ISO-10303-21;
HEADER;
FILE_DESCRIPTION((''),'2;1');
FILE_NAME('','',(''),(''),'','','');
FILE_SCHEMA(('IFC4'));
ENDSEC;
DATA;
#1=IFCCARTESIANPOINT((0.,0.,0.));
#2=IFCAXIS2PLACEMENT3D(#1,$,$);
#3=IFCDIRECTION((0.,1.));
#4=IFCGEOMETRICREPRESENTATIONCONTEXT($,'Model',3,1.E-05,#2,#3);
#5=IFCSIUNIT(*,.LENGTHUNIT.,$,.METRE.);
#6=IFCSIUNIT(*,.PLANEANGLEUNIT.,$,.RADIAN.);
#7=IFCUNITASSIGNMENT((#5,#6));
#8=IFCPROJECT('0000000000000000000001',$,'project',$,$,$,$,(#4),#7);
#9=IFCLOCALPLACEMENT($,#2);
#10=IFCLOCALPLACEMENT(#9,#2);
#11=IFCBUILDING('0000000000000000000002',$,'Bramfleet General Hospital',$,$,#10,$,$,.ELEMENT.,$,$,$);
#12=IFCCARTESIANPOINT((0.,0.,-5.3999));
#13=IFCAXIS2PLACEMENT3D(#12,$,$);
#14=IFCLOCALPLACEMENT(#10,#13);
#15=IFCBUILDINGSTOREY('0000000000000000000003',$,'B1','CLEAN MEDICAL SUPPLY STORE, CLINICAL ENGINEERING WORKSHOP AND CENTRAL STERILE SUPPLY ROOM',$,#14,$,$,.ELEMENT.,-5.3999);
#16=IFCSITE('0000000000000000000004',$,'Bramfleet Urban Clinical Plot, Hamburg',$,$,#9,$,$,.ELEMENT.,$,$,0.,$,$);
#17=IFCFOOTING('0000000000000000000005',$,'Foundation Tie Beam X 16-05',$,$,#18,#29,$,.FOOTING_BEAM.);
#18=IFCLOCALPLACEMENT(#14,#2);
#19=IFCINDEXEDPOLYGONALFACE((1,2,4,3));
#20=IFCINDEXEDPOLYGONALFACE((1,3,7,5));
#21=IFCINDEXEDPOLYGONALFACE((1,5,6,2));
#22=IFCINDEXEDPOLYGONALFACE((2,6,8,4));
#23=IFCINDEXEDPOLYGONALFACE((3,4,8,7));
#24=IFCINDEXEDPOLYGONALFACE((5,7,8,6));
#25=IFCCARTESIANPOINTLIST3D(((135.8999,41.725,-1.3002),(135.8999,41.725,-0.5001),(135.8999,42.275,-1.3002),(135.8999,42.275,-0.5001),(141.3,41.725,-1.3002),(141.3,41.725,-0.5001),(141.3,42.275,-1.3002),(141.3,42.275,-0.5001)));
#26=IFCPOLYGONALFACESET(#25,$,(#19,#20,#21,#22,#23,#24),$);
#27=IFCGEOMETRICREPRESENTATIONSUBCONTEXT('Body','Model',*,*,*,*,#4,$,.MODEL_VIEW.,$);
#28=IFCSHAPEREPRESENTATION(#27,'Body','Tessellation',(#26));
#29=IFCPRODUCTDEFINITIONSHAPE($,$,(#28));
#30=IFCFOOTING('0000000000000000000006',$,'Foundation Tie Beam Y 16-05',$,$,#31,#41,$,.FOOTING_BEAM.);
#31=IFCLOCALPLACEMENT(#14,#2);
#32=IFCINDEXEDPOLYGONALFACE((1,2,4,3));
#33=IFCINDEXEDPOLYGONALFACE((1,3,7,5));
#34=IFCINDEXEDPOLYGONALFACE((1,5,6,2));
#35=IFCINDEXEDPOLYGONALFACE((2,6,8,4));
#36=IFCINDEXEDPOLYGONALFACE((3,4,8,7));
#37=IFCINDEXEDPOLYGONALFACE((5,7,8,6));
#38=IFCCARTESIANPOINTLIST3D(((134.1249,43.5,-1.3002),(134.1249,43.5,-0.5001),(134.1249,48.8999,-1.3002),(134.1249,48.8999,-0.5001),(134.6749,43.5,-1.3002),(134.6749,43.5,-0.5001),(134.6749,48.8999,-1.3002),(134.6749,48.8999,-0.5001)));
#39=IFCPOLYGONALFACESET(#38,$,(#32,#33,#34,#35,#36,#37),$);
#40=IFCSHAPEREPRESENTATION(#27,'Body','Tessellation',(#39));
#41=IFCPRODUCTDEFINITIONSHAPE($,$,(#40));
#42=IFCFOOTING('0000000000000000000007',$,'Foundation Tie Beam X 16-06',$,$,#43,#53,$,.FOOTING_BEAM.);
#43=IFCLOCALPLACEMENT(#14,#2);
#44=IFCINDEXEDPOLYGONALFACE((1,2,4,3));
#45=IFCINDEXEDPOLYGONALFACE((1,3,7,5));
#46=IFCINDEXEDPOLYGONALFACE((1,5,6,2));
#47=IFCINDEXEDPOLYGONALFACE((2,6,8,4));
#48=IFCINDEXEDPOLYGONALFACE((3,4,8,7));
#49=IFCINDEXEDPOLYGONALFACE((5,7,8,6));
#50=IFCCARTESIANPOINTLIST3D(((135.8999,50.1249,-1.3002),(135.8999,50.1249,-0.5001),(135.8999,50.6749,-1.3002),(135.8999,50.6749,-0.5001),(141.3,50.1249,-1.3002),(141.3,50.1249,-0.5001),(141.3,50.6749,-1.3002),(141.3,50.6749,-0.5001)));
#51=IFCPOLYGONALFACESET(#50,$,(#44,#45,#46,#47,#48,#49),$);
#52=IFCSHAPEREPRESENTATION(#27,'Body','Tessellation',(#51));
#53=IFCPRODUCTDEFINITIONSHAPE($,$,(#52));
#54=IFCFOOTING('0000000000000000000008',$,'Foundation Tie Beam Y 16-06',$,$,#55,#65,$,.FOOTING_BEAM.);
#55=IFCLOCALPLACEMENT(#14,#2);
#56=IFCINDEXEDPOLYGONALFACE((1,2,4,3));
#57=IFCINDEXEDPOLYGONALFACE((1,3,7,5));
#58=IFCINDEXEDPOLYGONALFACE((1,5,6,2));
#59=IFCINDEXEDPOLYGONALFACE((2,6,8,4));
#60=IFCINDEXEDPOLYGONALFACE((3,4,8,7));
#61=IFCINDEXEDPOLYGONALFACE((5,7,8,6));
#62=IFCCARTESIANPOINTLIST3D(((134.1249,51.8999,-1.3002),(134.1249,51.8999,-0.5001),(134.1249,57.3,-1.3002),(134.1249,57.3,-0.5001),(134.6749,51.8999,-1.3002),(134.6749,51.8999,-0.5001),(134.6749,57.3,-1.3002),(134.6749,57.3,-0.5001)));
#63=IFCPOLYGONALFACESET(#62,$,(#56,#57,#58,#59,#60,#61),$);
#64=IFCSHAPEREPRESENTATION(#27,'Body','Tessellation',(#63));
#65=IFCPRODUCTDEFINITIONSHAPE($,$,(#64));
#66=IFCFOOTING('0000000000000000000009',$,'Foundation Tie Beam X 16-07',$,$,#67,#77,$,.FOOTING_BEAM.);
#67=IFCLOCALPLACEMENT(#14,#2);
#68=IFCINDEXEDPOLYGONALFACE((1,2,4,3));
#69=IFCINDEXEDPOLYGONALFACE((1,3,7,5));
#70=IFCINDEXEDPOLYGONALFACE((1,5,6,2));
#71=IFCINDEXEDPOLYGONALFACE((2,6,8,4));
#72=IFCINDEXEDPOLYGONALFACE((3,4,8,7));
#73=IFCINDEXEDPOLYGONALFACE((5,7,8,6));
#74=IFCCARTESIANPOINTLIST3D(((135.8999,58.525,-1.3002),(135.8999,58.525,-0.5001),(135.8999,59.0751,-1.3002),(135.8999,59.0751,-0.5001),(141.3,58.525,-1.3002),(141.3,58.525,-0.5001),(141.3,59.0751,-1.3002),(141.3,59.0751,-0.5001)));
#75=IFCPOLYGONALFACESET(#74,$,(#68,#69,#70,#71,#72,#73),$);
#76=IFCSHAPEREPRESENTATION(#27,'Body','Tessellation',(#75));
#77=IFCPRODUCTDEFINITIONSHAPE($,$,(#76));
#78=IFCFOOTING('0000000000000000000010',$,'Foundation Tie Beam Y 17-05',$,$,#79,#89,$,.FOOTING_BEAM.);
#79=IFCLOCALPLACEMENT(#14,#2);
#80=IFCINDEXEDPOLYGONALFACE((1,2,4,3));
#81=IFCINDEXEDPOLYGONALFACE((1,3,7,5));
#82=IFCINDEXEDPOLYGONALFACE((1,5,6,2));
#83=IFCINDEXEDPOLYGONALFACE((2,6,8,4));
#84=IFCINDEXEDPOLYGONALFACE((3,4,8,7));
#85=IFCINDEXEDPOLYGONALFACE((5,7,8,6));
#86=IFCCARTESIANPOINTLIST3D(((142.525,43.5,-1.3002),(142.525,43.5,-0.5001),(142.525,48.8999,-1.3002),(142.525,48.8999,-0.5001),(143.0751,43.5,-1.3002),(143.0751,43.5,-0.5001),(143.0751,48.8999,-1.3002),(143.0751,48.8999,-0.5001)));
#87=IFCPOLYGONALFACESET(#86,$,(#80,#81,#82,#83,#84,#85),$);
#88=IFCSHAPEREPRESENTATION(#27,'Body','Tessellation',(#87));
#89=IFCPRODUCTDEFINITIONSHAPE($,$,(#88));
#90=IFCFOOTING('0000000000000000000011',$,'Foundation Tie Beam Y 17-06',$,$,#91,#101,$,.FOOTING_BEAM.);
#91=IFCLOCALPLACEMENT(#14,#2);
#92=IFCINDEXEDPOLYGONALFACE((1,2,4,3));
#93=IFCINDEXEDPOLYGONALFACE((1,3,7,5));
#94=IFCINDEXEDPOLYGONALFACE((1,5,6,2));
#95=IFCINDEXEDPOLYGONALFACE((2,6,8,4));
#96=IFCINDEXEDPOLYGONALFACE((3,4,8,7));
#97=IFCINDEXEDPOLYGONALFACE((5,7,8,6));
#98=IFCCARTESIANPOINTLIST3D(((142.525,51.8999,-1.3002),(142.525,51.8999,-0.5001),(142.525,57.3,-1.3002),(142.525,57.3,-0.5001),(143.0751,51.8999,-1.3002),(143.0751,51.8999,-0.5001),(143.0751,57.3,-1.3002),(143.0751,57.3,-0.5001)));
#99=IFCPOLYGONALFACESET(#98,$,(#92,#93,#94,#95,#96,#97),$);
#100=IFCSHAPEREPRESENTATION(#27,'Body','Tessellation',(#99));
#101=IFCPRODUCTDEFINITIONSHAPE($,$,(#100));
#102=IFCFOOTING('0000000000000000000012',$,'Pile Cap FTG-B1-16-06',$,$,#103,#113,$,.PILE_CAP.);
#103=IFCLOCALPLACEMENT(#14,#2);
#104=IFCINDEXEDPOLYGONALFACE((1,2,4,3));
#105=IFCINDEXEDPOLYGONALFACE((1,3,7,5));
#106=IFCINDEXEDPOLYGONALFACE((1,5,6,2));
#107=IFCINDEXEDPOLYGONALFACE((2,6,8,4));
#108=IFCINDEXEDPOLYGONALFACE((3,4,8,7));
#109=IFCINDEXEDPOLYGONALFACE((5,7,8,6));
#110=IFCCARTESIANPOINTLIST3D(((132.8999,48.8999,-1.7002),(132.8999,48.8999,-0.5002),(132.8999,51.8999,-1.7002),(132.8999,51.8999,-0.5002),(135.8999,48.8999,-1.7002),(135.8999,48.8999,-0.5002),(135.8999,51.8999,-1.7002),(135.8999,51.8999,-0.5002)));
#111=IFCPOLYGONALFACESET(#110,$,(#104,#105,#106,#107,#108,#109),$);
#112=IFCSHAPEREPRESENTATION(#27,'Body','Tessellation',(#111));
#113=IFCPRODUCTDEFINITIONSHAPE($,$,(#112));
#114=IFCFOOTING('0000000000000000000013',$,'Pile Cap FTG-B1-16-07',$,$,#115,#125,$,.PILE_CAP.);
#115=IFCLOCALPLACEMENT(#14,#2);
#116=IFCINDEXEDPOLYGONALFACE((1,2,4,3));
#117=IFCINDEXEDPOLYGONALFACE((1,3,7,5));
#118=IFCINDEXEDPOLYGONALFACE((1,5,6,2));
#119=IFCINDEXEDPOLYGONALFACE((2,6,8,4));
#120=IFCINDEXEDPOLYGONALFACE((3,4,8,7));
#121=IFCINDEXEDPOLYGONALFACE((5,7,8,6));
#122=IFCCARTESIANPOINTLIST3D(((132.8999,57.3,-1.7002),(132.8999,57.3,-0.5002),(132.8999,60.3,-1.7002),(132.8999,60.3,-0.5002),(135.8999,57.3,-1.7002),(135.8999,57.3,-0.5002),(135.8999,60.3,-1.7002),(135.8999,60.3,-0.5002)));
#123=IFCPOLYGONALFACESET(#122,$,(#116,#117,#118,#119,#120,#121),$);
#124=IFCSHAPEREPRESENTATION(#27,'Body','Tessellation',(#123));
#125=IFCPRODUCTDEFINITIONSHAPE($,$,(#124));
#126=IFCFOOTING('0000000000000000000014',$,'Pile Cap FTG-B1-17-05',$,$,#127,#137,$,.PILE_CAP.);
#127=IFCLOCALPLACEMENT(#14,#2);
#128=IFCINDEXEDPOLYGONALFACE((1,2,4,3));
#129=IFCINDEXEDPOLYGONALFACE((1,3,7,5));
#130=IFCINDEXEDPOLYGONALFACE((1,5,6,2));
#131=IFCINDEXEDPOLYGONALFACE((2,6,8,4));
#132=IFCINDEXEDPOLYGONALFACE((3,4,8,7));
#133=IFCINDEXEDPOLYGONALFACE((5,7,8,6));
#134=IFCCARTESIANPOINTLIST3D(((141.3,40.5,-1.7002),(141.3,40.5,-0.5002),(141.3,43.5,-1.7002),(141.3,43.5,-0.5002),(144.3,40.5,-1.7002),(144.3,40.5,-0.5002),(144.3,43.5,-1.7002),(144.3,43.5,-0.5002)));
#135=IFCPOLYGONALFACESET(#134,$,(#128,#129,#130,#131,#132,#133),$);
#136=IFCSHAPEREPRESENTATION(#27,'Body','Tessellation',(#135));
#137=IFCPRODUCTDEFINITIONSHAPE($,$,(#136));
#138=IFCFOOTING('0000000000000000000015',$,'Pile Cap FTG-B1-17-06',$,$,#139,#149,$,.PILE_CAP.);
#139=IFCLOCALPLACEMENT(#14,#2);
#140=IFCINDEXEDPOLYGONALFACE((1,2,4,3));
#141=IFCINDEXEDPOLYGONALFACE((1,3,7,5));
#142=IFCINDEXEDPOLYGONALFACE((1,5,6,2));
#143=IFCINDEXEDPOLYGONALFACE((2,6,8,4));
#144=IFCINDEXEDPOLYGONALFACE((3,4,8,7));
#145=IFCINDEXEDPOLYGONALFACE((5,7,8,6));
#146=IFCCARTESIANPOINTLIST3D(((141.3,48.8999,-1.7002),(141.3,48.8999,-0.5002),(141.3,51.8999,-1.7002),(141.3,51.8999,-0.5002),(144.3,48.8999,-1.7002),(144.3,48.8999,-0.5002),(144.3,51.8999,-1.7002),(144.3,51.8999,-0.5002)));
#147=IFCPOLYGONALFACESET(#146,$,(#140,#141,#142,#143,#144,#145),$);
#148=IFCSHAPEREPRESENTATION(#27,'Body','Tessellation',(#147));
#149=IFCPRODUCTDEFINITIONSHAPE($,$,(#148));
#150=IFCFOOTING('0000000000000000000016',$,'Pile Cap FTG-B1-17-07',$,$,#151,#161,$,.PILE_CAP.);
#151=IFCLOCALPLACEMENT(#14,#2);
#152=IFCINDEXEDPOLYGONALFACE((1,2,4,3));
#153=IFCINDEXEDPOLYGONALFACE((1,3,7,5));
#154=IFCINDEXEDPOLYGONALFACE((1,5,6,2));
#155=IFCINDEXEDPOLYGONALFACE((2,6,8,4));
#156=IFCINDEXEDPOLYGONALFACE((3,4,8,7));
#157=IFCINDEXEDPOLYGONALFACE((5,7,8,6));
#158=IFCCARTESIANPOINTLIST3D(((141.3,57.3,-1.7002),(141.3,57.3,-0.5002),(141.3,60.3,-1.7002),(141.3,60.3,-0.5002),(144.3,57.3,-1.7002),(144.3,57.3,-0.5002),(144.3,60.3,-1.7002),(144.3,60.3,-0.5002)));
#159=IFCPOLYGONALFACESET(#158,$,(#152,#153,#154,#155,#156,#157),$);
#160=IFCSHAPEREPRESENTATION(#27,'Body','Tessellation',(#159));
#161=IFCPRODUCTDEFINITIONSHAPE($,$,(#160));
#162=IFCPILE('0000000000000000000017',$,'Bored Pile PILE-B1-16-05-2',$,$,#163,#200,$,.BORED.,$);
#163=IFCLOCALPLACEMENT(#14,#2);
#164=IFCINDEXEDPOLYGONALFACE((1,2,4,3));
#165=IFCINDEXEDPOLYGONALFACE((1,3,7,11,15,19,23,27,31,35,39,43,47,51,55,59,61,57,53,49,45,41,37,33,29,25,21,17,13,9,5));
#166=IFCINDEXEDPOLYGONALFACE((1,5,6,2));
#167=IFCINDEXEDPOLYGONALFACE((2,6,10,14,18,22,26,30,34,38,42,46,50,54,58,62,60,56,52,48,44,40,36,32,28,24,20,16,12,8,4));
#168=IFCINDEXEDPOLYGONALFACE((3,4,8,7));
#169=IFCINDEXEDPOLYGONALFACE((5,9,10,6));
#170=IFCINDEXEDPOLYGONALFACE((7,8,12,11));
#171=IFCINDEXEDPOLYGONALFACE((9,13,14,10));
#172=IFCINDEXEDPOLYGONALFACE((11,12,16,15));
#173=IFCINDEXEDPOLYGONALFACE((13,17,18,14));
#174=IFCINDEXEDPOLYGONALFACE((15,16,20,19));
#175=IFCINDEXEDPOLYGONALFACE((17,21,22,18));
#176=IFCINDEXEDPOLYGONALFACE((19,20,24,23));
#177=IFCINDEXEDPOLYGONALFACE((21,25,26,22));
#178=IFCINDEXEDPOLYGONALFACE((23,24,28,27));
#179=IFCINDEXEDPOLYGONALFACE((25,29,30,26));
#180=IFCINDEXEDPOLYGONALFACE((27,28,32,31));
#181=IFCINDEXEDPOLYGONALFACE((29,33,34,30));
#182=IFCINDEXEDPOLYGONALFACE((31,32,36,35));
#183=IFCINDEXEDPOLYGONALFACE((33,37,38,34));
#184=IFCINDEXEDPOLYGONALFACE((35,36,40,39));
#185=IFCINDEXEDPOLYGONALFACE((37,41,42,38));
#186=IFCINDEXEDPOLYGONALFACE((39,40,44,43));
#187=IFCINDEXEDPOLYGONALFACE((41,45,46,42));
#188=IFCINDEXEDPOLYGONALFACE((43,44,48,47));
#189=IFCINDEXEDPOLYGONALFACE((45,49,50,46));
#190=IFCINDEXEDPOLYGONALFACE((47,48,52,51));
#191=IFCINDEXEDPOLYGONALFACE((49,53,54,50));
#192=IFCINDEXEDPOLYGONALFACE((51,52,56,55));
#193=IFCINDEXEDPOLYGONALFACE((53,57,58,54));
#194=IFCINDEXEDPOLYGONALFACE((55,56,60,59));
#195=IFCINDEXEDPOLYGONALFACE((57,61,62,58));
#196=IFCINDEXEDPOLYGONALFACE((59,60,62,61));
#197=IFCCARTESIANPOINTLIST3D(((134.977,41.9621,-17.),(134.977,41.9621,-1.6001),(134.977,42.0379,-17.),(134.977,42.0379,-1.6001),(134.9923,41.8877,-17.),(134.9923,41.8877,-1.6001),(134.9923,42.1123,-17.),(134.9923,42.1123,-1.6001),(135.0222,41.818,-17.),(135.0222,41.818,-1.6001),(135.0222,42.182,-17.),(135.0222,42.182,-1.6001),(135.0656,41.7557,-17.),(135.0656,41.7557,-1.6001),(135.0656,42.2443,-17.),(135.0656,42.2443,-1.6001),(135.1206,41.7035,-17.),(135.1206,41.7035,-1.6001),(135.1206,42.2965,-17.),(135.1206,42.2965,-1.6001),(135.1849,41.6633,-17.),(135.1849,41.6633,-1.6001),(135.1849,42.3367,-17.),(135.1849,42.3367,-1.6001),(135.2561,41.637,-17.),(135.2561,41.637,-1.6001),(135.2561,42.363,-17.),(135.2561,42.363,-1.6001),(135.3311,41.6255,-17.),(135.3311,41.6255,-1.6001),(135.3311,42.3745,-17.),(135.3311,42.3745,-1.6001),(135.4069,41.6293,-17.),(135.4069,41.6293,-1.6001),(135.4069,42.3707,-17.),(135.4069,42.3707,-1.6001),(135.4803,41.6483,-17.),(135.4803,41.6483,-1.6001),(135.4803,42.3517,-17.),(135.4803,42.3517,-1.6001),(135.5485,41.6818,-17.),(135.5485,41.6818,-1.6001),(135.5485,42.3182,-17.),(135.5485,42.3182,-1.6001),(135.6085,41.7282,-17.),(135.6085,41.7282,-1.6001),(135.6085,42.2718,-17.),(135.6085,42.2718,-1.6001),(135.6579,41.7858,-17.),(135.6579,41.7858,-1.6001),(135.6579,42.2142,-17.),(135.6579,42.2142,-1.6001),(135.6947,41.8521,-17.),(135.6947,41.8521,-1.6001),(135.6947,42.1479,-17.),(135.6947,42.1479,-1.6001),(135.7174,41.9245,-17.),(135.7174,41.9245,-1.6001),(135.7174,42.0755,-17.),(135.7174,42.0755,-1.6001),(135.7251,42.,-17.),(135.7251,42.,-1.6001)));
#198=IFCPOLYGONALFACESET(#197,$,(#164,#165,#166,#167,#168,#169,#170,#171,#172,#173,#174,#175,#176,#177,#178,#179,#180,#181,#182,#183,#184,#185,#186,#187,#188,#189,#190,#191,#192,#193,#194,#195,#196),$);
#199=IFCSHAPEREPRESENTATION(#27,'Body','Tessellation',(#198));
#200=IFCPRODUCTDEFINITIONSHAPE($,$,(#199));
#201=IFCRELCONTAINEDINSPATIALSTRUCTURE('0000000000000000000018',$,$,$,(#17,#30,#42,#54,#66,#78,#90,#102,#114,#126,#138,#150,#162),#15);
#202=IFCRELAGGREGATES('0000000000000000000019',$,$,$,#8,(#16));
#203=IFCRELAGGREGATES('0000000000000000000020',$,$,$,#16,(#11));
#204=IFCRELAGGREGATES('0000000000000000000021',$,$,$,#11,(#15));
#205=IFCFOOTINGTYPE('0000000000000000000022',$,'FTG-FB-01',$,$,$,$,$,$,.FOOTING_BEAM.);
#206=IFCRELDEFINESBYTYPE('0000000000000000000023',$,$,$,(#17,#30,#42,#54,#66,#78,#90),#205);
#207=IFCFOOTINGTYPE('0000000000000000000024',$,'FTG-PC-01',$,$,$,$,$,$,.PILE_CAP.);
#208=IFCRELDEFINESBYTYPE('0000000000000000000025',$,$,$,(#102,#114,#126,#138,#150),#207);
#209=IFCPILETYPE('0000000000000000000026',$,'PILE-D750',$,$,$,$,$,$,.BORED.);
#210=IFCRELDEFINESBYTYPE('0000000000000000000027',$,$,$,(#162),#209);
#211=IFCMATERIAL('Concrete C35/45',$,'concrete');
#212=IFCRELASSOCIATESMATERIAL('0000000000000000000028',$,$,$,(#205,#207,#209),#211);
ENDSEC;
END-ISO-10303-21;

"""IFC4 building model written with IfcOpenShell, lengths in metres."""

from ifc_helpers import new_model, si_unit, direction, frame, origin, origin_2d, place, context, subcontext, project, spatial, rectangle, circle, extrude, material, material_profile, profile_set, type_object, element, save


model = new_model("IFC4")

# Units and contexts
model_context = context("Model", 3, precision=1e-05, world=origin(), true_north=direction((0.0, 1.0)))
body_context = subcontext(model_context, "Body", "Model", "MODEL_VIEW")
ifc_project = project(units=[si_unit("LENGTHUNIT", "METRE"), si_unit("PLANEANGLEUNIT", "RADIAN")], contexts=[model_context])

# Site, building, storey
site_placement = place(None, origin())
site = spatial("IfcSite", under=ifc_project, at=site_placement, Name="Bramfleet Urban Clinical Plot, Hamburg", CompositionType="ELEMENT", RefElevation=0.0)
building_placement = place(site_placement, origin())
building = spatial("IfcBuilding", under=site, at=building_placement, Name="Bramfleet General Hospital", CompositionType="ELEMENT")
storey_placement = place(building_placement, frame((0.0, 0.0, -5.3999)))
storey = spatial("IfcBuildingStorey", under=building, at=storey_placement, Name="B1", Description="CLEAN MEDICAL SUPPLY STORE, CLINICAL ENGINEERING WORKSHOP AND CENTRAL STERILE SUPPLY ROOM", CompositionType="ELEMENT", Elevation=-5.3999)

# Footings
ifc_material_1 = material(Name="Concrete C35/45", Category="concrete")
ifc_material_profile_1 = material_profile(ifc_material_1, rectangle(XDim=0.55, YDim=0.8, at=origin_2d()), Name="RC FB 800x550")
ifc_profile_set_1 = profile_set([ifc_material_profile_1], Name="Concrete C35/45")
footing_type_1 = type_object("IfcFootingType", Name="FTG-FB-01", PredefinedType="FOOTING_BEAM", material=ifc_profile_set_1)
footing_1_placement = place(storey_placement, frame((135.8999, 42.0, -0.9001), z_axis=(1.0, 0.0, 0.0), x_axis=(0.0, 1.0, 0.0)))
element("IfcFooting", 1, at=footing_1_placement, inside=storey, type_object=footing_type_1, Name="Foundation Tie Beam X 16-05", PredefinedType="FOOTING_BEAM", context=body_context, shape_type="SweptSolid", body=[
    extrude(rectangle(XDim=0.55, YDim=0.8, at=origin_2d()), origin(), (0.0, 0.0, 1.0), 5.4001),
])
footing_2_placement = place(storey_placement, frame((134.3999, 43.5, -0.9001), z_axis=(0.0, 1.0, 0.0), x_axis=(-1.0, 0.0, 0.0)))
element("IfcFooting", 2, at=footing_2_placement, inside=storey, type_object=footing_type_1, Name="Foundation Tie Beam Y 16-05", PredefinedType="FOOTING_BEAM", context=body_context, shape_type="SweptSolid", body=[
    extrude(rectangle(XDim=0.55, YDim=0.8, at=origin_2d()), origin(), (0.0, 0.0, 1.0), 5.3999),
])
for number, where, z_axis, x_axis, name in (
    (3, (135.8999, 50.3999, -0.9001), (1.0, 0.0, 0.0), (0.0, 1.0, 0.0), "Foundation Tie Beam X 16-06"),
    (4, (134.3999, 51.8999, -0.9001), (0.0, 1.0, 0.0), (-1.0, 0.0, 0.0), "Foundation Tie Beam Y 16-06"),
    (5, (135.8999, 58.8, -0.9001), (1.0, 0.0, 0.0), (0.0, 1.0, 0.0), "Foundation Tie Beam X 16-07"),
):
    element("IfcFooting", number, at=place(storey_placement, frame(where, z_axis=z_axis, x_axis=x_axis)), inside=storey, type_object=footing_type_1, Name=name, PredefinedType="FOOTING_BEAM", context=body_context, shape_type="SweptSolid", body=[
        extrude(rectangle(XDim=0.55, YDim=0.8, at=origin_2d()), origin(), (0.0, 0.0, 1.0), 5.4001),
    ])
footing_3_placement = place(storey_placement, frame((142.8, 43.5, -0.9001), z_axis=(0.0, 1.0, 0.0), x_axis=(-1.0, 0.0, 0.0)))
element("IfcFooting", 6, at=footing_3_placement, inside=storey, type_object=footing_type_1, Name="Foundation Tie Beam Y 17-05", PredefinedType="FOOTING_BEAM", context=body_context, shape_type="SweptSolid", body=[
    extrude(rectangle(XDim=0.55, YDim=0.8, at=origin_2d()), origin(), (0.0, 0.0, 1.0), 5.3999),
])
footing_4_placement = place(storey_placement, frame((142.8, 51.8999, -0.9001), z_axis=(0.0, 1.0, 0.0), x_axis=(-1.0, 0.0, 0.0)))
element("IfcFooting", 7, at=footing_4_placement, inside=storey, type_object=footing_type_1, Name="Foundation Tie Beam Y 17-06", PredefinedType="FOOTING_BEAM", context=body_context, shape_type="SweptSolid", body=[
    extrude(rectangle(XDim=0.55, YDim=0.8, at=origin_2d()), origin(), (0.0, 0.0, 1.0), 5.4001),
])
footing_type_2 = type_object("IfcFootingType", Name="FTG-PC-01", PredefinedType="PILE_CAP", material=ifc_material_1)
for number, where, z_axis, x_axis, name in (
    (8, (134.3999, 50.3999, -1.7002), (0.0, 0.0, 1.0), (1.0, 0.0, 0.0), "Pile Cap FTG-B1-16-06"),
    (9, (134.3999, 58.8, -1.7002), (0.0, 0.0, 1.0), (1.0, 0.0, 0.0), "Pile Cap FTG-B1-16-07"),
    (10, (142.8, 42.0, -1.7002), (0.0, 0.0, 1.0), (1.0, 0.0, 0.0), "Pile Cap FTG-B1-17-05"),
    (11, (142.8, 50.3999, -1.7002), (0.0, 0.0, 1.0), (1.0, 0.0, 0.0), "Pile Cap FTG-B1-17-06"),
    (12, (142.8, 58.8, -1.7002), (0.0, 0.0, 1.0), (1.0, 0.0, 0.0), "Pile Cap FTG-B1-17-07"),
):
    element("IfcFooting", number, at=place(storey_placement, frame(where, z_axis=z_axis, x_axis=x_axis)), inside=storey, type_object=footing_type_2, Name=name, PredefinedType="PILE_CAP", context=body_context, shape_type="SweptSolid", body=[
        extrude(rectangle(XDim=3.0, YDim=3.0, at=origin_2d()), origin(), (0.0, 0.0, 1.0), 1.2),
    ])

# Pile
ifc_material_profile_2 = material_profile(ifc_material_1, circle(Radius=0.375, at=origin_2d()), Name="PILE BORED D750")
ifc_profile_set_2 = profile_set([ifc_material_profile_2], Name="Concrete C35/45")
pile_type = type_object("IfcPileType", Name="PILE-D750", PredefinedType="BORED", material=ifc_profile_set_2)
for number, where, z_axis, x_axis, name in (
    (13, (135.3501, 42.0, -1.6001), (0.0, 0.0, -1.0), (1.0, 0.0, 0.0), "Bored Pile PILE-B1-16-05-2"),
):
    element("IfcPile", number, at=place(storey_placement, frame(where, z_axis=z_axis, x_axis=x_axis)), inside=storey, type_object=pile_type, Name=name, PredefinedType="BORED", context=body_context, shape_type="SweptSolid", body=[
        extrude(circle(Radius=0.375, at=origin_2d()), origin(), (0.0, 0.0, 1.0), 15.3999),
    ])

save(model, "model.ifc")
